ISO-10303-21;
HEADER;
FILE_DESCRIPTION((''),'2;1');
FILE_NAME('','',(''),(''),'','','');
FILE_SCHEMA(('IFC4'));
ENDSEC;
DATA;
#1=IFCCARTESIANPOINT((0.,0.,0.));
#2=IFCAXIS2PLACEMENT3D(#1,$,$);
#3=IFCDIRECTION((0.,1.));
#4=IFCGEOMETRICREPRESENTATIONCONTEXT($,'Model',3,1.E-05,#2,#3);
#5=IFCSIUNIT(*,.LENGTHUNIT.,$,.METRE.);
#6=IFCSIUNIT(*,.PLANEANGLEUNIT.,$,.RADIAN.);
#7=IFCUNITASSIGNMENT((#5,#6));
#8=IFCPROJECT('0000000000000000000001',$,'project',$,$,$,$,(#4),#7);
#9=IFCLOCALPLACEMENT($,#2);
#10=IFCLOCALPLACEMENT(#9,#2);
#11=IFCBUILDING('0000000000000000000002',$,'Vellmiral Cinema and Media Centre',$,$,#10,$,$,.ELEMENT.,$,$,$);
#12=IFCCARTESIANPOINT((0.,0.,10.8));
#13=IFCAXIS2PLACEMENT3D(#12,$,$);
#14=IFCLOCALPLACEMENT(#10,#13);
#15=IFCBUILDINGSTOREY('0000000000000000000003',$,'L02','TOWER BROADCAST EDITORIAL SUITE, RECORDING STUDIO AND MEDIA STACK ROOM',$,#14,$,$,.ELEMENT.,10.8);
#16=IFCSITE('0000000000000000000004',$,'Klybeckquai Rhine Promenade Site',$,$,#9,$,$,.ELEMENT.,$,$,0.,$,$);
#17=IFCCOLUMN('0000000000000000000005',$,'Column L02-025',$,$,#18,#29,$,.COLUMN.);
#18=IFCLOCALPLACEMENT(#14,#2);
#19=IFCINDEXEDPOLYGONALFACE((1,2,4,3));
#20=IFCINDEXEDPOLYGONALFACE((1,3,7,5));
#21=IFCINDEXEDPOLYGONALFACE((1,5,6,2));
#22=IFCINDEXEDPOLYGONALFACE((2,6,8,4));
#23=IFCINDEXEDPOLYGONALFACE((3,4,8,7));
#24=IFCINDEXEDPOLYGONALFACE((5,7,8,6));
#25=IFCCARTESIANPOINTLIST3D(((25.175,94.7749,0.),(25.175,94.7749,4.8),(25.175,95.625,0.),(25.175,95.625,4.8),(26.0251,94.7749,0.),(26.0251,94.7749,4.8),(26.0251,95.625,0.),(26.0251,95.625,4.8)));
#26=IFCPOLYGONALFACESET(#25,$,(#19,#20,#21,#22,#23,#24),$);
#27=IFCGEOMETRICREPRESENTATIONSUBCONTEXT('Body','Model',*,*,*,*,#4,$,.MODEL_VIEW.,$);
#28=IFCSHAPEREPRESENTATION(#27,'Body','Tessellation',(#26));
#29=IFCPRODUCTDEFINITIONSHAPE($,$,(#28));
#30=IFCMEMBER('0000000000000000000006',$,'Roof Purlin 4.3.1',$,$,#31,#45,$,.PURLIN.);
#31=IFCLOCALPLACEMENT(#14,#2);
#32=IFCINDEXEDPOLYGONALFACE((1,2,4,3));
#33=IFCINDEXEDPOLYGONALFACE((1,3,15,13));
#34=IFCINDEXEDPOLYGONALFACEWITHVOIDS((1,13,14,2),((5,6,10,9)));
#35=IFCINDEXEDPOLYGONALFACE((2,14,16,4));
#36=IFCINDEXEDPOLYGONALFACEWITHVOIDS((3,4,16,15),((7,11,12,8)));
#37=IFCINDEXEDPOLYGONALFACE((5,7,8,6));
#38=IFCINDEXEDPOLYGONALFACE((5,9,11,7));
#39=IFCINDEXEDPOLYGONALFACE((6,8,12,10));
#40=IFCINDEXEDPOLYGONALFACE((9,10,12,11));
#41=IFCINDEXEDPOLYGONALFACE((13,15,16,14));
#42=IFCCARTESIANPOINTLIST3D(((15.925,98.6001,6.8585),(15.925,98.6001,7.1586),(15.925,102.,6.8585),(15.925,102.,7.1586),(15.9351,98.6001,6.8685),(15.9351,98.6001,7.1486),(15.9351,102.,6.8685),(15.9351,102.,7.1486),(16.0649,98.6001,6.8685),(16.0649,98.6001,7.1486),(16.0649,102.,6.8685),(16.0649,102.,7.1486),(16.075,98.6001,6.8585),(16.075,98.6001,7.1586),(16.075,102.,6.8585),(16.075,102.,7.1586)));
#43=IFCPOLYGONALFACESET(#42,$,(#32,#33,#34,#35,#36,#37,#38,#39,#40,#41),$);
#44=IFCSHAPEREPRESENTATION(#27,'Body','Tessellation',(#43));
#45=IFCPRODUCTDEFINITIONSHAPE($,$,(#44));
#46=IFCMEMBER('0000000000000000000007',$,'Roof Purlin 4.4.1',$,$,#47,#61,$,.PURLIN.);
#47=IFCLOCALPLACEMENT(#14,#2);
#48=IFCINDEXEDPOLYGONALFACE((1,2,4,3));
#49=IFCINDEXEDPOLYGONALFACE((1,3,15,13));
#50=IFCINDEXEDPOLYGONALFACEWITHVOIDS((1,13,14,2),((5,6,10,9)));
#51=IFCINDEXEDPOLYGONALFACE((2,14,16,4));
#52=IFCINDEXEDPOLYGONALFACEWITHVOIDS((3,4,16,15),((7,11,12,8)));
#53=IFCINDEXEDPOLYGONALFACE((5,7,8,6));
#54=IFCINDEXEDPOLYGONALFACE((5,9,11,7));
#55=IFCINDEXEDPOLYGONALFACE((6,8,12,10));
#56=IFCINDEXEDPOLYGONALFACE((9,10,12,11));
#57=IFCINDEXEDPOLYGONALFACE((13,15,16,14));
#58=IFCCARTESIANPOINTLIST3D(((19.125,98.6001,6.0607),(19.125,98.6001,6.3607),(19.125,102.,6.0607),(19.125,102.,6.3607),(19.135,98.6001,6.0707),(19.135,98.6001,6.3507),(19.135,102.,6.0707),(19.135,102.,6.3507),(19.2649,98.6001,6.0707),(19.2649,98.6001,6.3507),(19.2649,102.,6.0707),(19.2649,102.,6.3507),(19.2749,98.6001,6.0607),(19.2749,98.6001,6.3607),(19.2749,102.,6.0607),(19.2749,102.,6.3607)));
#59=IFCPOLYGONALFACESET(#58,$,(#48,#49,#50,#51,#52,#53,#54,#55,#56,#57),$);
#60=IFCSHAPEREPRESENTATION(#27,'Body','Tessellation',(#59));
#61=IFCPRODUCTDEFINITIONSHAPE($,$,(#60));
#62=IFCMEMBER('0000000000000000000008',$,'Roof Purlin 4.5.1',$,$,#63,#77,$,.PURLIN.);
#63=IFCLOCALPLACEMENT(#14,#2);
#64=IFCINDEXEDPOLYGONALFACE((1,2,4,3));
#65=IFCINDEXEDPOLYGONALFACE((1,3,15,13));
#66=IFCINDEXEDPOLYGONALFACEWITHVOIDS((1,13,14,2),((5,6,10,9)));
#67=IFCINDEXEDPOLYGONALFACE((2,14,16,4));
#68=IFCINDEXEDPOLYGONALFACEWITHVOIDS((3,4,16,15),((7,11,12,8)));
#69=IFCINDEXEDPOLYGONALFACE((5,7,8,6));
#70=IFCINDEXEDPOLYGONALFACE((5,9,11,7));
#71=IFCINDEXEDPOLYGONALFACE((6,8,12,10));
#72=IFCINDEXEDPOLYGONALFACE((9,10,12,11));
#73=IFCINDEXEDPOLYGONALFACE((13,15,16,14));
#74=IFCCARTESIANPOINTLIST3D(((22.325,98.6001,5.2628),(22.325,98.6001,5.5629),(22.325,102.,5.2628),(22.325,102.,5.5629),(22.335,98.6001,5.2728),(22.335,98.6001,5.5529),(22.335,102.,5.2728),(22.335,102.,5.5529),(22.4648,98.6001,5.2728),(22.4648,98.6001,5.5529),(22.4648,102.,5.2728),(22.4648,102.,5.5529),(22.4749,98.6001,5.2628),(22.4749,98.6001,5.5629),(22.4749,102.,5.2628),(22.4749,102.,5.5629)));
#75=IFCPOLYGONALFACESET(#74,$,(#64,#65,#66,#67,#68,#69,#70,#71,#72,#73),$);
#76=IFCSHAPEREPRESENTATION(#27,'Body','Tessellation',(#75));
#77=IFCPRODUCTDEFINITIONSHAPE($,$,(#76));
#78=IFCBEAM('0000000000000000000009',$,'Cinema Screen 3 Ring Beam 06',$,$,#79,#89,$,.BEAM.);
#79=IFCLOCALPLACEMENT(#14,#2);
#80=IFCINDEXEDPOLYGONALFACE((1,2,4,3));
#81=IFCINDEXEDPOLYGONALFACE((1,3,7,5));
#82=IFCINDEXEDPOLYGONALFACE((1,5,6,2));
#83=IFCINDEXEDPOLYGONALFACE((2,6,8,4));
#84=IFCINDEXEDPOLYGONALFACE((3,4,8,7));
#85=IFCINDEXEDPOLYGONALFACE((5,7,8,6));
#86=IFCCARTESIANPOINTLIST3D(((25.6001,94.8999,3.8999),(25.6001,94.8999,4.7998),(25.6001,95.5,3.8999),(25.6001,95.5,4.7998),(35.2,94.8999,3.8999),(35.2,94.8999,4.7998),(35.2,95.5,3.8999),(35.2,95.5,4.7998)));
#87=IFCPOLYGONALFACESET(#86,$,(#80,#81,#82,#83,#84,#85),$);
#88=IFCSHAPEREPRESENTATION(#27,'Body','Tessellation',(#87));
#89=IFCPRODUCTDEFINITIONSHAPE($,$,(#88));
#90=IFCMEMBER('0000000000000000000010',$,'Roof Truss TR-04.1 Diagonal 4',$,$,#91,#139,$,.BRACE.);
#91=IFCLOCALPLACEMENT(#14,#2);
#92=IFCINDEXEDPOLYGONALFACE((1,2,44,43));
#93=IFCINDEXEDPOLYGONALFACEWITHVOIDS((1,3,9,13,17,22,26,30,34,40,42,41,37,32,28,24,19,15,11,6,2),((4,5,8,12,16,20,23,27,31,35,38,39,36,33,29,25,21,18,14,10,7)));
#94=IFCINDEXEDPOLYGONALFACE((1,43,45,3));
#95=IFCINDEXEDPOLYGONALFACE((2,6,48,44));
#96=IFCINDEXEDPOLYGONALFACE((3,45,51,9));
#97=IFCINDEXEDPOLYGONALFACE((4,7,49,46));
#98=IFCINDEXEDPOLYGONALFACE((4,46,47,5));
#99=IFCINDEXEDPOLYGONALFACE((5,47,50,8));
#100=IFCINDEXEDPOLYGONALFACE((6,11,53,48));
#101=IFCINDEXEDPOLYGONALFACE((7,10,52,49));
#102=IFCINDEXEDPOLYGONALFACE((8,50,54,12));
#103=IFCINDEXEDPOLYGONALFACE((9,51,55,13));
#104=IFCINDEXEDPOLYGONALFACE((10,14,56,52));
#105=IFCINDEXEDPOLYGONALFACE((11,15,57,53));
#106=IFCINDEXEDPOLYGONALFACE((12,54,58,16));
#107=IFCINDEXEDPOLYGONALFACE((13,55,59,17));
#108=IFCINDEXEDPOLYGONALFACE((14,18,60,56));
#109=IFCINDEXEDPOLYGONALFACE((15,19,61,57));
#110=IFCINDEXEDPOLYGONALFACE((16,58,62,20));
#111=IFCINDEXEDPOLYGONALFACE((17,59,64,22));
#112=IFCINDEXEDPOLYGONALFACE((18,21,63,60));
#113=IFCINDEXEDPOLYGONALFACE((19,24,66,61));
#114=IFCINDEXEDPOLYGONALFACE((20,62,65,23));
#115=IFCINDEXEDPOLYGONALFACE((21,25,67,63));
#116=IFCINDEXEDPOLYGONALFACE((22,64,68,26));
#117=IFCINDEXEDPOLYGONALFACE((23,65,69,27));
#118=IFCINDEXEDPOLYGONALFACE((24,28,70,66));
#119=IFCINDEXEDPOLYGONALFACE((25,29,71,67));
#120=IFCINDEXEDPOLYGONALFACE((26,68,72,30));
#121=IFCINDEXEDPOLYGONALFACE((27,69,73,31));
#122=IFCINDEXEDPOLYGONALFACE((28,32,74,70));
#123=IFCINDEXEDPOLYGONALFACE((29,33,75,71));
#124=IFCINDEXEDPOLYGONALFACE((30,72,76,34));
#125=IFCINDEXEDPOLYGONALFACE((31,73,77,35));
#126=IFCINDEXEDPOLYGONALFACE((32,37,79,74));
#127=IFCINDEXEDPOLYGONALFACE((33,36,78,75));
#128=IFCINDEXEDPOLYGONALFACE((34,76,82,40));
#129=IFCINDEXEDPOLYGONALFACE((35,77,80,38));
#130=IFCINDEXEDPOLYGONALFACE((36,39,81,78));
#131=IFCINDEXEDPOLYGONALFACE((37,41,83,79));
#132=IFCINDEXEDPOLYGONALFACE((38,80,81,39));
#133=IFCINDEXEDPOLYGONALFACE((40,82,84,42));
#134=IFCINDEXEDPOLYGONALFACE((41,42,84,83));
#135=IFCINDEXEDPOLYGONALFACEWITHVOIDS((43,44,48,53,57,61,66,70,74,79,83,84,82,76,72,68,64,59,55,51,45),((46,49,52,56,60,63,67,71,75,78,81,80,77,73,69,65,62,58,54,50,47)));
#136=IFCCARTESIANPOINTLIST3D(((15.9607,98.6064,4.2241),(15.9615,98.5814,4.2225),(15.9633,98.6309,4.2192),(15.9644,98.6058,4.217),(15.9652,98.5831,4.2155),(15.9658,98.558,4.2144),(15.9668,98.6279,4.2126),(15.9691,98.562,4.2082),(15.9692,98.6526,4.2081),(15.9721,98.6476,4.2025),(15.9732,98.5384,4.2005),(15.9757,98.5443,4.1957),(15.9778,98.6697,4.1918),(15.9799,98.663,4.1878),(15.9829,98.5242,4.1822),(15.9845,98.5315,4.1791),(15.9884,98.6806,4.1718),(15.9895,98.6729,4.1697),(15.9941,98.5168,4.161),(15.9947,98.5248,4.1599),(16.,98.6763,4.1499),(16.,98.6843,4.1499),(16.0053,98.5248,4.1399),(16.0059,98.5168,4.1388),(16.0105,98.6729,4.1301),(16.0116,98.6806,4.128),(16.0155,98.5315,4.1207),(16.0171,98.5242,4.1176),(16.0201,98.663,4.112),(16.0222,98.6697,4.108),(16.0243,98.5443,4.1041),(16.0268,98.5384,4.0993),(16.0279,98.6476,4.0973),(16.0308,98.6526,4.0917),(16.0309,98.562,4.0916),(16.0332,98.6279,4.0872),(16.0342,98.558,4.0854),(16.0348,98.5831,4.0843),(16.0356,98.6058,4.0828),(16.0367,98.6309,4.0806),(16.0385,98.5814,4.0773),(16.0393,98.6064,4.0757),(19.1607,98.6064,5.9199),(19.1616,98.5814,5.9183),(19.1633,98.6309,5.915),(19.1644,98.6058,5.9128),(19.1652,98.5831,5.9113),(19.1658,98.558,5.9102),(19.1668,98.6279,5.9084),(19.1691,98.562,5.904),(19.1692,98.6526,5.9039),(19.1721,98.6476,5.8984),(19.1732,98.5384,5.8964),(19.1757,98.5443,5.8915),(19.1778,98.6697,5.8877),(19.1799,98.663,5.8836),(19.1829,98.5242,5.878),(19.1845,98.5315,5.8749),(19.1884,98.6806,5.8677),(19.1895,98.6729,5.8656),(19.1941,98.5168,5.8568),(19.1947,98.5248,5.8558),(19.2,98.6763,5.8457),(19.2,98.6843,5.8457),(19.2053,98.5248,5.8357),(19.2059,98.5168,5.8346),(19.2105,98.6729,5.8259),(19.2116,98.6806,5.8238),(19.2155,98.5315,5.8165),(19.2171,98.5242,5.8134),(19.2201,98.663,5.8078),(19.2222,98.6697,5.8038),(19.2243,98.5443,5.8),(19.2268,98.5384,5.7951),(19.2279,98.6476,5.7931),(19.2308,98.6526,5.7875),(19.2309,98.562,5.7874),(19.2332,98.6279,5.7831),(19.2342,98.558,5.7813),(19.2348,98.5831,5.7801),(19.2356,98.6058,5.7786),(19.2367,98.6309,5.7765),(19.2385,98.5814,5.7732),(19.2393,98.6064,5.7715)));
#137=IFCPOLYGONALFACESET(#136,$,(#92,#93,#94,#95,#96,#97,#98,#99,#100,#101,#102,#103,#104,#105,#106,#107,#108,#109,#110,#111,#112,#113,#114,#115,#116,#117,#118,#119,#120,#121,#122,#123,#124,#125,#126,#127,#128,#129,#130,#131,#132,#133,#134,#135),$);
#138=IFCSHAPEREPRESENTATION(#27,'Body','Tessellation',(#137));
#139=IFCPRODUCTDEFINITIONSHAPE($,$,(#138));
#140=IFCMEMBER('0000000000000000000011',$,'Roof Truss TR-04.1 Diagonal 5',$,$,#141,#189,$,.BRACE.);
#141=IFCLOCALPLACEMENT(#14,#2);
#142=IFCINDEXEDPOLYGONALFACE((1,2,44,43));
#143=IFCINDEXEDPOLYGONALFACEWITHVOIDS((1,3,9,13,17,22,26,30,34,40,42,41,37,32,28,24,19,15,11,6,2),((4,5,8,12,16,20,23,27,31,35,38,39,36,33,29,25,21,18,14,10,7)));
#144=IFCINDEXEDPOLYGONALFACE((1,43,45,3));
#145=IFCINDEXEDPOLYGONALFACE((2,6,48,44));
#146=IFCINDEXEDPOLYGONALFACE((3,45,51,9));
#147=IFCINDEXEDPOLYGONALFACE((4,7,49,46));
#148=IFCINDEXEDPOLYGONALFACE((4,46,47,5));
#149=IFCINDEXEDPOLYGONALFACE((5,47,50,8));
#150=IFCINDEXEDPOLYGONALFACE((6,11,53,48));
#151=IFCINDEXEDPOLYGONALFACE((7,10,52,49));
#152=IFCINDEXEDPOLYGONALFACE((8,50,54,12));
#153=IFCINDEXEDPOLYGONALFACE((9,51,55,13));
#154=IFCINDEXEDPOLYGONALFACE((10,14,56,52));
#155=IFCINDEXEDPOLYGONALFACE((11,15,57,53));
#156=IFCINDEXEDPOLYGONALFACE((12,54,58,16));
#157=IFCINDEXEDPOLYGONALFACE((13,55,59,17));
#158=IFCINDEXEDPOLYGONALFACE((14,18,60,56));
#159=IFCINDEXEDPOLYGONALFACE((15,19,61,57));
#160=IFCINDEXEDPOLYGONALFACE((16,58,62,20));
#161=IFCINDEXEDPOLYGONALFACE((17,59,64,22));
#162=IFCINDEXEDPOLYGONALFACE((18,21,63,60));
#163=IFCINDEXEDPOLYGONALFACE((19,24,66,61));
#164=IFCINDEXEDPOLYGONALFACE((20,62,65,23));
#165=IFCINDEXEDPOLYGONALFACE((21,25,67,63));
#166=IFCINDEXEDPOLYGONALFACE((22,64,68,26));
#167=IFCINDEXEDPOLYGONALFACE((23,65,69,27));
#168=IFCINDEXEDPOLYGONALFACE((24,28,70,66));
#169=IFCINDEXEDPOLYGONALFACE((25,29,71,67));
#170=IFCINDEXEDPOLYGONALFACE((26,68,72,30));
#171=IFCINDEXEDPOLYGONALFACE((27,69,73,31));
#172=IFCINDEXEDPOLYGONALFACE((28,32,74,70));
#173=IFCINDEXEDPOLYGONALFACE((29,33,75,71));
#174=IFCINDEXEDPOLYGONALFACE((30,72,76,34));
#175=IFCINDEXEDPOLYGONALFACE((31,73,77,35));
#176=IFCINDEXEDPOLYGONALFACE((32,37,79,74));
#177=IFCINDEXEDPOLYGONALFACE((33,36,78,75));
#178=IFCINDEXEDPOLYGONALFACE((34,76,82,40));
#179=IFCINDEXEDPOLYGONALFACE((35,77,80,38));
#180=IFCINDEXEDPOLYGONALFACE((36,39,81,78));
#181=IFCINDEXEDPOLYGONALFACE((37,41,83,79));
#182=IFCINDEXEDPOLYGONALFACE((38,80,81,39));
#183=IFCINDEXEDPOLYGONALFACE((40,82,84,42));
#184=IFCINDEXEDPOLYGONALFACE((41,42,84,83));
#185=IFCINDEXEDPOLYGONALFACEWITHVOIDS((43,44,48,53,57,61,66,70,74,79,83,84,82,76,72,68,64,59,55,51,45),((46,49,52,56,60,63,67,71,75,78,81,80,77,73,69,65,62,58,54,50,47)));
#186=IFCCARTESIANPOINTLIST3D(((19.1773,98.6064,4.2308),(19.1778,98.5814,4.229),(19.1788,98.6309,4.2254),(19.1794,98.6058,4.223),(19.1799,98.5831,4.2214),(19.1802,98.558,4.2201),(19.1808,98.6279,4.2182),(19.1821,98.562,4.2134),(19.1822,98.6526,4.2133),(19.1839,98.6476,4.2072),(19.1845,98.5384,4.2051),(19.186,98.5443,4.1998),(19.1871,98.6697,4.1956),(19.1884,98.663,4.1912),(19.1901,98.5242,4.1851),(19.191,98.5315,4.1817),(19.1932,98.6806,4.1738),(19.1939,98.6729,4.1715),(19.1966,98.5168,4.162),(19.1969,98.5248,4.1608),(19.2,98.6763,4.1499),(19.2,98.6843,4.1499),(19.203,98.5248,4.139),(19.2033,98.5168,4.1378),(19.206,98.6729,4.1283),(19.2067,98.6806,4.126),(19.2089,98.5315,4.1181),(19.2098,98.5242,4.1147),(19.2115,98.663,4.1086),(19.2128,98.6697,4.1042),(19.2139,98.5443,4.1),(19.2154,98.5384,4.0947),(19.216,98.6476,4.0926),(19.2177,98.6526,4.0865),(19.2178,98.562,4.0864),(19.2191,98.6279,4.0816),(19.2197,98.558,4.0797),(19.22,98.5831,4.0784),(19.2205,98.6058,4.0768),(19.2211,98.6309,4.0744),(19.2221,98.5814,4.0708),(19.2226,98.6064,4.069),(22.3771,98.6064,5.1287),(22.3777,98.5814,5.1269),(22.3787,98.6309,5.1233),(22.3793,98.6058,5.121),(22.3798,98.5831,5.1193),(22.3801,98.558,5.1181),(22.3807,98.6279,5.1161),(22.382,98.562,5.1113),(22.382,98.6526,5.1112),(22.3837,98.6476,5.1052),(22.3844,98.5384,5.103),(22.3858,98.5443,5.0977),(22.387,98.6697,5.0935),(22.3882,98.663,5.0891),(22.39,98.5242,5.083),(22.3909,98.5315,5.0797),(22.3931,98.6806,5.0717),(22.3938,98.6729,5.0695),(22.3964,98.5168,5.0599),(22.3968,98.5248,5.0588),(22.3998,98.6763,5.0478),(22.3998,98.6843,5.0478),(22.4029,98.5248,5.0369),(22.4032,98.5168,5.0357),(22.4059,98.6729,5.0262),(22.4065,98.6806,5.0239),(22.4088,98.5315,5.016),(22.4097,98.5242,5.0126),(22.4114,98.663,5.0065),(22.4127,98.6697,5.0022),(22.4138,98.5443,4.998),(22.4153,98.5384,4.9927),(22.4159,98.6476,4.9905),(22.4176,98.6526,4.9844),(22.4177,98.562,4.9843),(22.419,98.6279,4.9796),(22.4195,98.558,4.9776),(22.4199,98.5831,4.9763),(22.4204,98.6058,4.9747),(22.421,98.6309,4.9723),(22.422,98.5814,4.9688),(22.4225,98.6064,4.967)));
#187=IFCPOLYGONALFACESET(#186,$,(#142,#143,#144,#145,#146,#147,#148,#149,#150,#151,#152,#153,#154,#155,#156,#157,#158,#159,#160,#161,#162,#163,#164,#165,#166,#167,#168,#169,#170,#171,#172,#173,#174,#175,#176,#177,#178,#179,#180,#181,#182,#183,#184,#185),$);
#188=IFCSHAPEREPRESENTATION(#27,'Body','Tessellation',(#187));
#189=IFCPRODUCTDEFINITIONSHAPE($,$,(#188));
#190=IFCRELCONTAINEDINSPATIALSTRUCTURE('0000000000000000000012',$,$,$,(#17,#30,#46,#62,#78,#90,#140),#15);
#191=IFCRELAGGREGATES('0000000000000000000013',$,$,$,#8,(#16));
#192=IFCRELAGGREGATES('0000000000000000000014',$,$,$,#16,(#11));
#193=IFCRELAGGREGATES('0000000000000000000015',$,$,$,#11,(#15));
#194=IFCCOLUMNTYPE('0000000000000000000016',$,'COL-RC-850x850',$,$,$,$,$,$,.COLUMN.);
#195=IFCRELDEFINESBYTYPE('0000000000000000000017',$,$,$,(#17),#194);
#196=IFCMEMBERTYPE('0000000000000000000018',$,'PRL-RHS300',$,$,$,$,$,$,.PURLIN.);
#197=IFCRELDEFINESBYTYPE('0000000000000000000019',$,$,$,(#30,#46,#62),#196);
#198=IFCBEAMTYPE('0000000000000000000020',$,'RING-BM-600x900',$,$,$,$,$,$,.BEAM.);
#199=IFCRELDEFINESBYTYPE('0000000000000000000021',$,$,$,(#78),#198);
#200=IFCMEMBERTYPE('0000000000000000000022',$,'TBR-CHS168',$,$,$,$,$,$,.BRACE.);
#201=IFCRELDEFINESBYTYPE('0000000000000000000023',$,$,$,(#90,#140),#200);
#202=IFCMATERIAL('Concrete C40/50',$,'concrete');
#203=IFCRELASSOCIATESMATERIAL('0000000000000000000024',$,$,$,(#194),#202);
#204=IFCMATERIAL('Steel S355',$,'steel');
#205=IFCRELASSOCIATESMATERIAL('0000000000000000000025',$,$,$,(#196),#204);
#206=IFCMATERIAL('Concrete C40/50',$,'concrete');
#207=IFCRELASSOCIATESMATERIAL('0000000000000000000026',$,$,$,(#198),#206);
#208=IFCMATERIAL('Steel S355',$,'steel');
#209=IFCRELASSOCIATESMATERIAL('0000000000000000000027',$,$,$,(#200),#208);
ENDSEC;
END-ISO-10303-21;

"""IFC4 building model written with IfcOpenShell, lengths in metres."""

from ifc_helpers import new_model, si_unit, direction, frame, origin, origin_2d, place, context, subcontext, project, spatial, rectangle, hollow_rectangle, hollow_circle, extrude, material, material_profile, profile_set, type_object, element, save


model = new_model("IFC4")

# Units and contexts
model_context = context("Model", 3, precision=1e-05, world=origin(), true_north=direction((0.0, 1.0)))
body_context = subcontext(model_context, "Body", "Model", "MODEL_VIEW")
ifc_project = project(units=[si_unit("LENGTHUNIT", "METRE"), si_unit("PLANEANGLEUNIT", "RADIAN")], contexts=[model_context])

# Site, building, storey
site_placement = place(None, origin())
site = spatial("IfcSite", under=ifc_project, at=site_placement, Name="Klybeckquai Rhine Promenade Site", CompositionType="ELEMENT", RefElevation=0.0)
building_placement = place(site_placement, origin())
building = spatial("IfcBuilding", under=site, at=building_placement, Name="Vellmiral Cinema and Media Centre", CompositionType="ELEMENT")
storey_placement = place(building_placement, frame((0.0, 0.0, 10.8)))
storey = spatial("IfcBuildingStorey", under=building, at=storey_placement, Name="L02", Description="TOWER BROADCAST EDITORIAL SUITE, RECORDING STUDIO AND MEDIA STACK ROOM", CompositionType="ELEMENT", Elevation=10.8)

# Column
ifc_material_1 = material(Name="Concrete C40/50", Category="concrete")
ifc_material_profile_1 = material_profile(ifc_material_1, rectangle(XDim=0.8501, YDim=0.8501, at=origin_2d()), Name="RC 850x850")
ifc_profile_set_1 = profile_set([ifc_material_profile_1], Name="Concrete C40/50")
column_type = type_object("IfcColumnType", Name="COL-RC-850x850", PredefinedType="COLUMN", material=ifc_profile_set_1)
column_placement = place(storey_placement, frame((25.6001, 95.2, 0.0), z_axis=(0.0, 0.0, 1.0), x_axis=(1.0, 0.0, 0.0)))
element("IfcColumn", 1, at=column_placement, inside=storey, type_object=column_type, Name="Column L02-025", PredefinedType="COLUMN", context=body_context, shape_type="SweptSolid", body=[
    extrude(rectangle(XDim=0.8501, YDim=0.8501, at=origin_2d()), origin(), (0.0, 0.0, 1.0), 4.8),
])

# Members
ifc_material_2 = material(Name="Steel S355", Category="steel")
ifc_material_profile_2 = material_profile(ifc_material_2, hollow_rectangle(XDim=0.1499, YDim=0.3, WallThickness=0.01, at=origin_2d()), Name="RHS 300x150x10.0")
ifc_profile_set_2 = profile_set([ifc_material_profile_2], Name="Steel S355")
member_type_1 = type_object("IfcMemberType", Name="PRL-RHS300", PredefinedType="PURLIN", material=ifc_profile_set_2)
for number, where, z_axis, x_axis, name in (
    (2, (16.0, 98.6001, 7.0085), (0.0, 1.0, 0.0), (-1.0, 0.0, 0.0), "Roof Purlin 4.3.1"),
    (3, (19.2, 98.6001, 6.2107), (0.0, 1.0, 0.0), (-1.0, 0.0, 0.0), "Roof Purlin 4.4.1"),
    (4, (22.3999, 98.6001, 5.4128), (0.0, 1.0, 0.0), (-1.0, 0.0, 0.0), "Roof Purlin 4.5.1"),
):
    element("IfcMember", number, at=place(storey_placement, frame(where, z_axis=z_axis, x_axis=x_axis)), inside=storey, type_object=member_type_1, Name=name, PredefinedType="PURLIN", context=body_context, shape_type="SweptSolid", body=[
        extrude(hollow_rectangle(XDim=0.1499, YDim=0.3, WallThickness=0.01, at=origin_2d()), origin(), (0.0, 0.0, 1.0), 3.3999),
    ])

# Beam
ifc_material_3 = material(Name="Concrete C40/50", Category="concrete")
ifc_material_profile_3 = material_profile(ifc_material_3, rectangle(XDim=0.6001, YDim=0.8999, at=origin_2d()), Name="RC 600x900")
ifc_profile_set_3 = profile_set([ifc_material_profile_3], Name="Concrete C40/50")
beam_type = type_object("IfcBeamType", Name="RING-BM-600x900", PredefinedType="BEAM", material=ifc_profile_set_3)
beam_placement = place(storey_placement, frame((25.6001, 95.2, 4.3499), z_axis=(1.0, 0.0, 0.0), x_axis=(0.0, 1.0, 0.0)))
element("IfcBeam", 5, at=beam_placement, inside=storey, type_object=beam_type, Name="Cinema Screen 3 Ring Beam 06", PredefinedType="BEAM", context=body_context, shape_type="SweptSolid", body=[
    extrude(rectangle(XDim=0.6001, YDim=0.8999, at=origin_2d()), origin(), (0.0, 0.0, 1.0), 9.5999),
])

# Members
ifc_material_4 = material(Name="Steel S355", Category="steel")
ifc_material_profile_4 = material_profile(ifc_material_4, hollow_circle(Radius=0.0842, WallThickness=0.0081, at=origin_2d()), Name="CHS 168.3x8.0")
ifc_profile_set_4 = profile_set([ifc_material_profile_4], Name="Steel S355")
member_type_2 = type_object("IfcMemberType", Name="TBR-CHS168", PredefinedType="BRACE", material=ifc_profile_set_4)
member_1_placement = place(storey_placement, frame((16.0, 98.6001, 4.1499), z_axis=(0.883593, 0.0, 0.468256), x_axis=(0.0, 1.0, 0.0)))
element("IfcMember", 6, at=member_1_placement, inside=storey, type_object=member_type_2, Name="Roof Truss TR-04.1 Diagonal 4", PredefinedType="BRACE", context=body_context, shape_type="SweptSolid", body=[
    extrude(hollow_circle(Radius=0.0842, WallThickness=0.0081, at=origin_2d()), origin(), (0.0, 0.0, 1.0), 3.6216),
])
member_2_placement = place(storey_placement, frame((19.2, 98.6001, 4.1499), z_axis=(0.962811, 0.0, 0.270178), x_axis=(0.0, 1.0, 0.0)))
element("IfcMember", 7, at=member_2_placement, inside=storey, type_object=member_type_2, Name="Roof Truss TR-04.1 Diagonal 5", PredefinedType="BRACE", context=body_context, shape_type="SweptSolid", body=[
    extrude(hollow_circle(Radius=0.0842, WallThickness=0.0081, at=origin_2d()), origin(), (0.0, 0.0, 1.0), 3.3235),
])

save(model, "model.ifc")
